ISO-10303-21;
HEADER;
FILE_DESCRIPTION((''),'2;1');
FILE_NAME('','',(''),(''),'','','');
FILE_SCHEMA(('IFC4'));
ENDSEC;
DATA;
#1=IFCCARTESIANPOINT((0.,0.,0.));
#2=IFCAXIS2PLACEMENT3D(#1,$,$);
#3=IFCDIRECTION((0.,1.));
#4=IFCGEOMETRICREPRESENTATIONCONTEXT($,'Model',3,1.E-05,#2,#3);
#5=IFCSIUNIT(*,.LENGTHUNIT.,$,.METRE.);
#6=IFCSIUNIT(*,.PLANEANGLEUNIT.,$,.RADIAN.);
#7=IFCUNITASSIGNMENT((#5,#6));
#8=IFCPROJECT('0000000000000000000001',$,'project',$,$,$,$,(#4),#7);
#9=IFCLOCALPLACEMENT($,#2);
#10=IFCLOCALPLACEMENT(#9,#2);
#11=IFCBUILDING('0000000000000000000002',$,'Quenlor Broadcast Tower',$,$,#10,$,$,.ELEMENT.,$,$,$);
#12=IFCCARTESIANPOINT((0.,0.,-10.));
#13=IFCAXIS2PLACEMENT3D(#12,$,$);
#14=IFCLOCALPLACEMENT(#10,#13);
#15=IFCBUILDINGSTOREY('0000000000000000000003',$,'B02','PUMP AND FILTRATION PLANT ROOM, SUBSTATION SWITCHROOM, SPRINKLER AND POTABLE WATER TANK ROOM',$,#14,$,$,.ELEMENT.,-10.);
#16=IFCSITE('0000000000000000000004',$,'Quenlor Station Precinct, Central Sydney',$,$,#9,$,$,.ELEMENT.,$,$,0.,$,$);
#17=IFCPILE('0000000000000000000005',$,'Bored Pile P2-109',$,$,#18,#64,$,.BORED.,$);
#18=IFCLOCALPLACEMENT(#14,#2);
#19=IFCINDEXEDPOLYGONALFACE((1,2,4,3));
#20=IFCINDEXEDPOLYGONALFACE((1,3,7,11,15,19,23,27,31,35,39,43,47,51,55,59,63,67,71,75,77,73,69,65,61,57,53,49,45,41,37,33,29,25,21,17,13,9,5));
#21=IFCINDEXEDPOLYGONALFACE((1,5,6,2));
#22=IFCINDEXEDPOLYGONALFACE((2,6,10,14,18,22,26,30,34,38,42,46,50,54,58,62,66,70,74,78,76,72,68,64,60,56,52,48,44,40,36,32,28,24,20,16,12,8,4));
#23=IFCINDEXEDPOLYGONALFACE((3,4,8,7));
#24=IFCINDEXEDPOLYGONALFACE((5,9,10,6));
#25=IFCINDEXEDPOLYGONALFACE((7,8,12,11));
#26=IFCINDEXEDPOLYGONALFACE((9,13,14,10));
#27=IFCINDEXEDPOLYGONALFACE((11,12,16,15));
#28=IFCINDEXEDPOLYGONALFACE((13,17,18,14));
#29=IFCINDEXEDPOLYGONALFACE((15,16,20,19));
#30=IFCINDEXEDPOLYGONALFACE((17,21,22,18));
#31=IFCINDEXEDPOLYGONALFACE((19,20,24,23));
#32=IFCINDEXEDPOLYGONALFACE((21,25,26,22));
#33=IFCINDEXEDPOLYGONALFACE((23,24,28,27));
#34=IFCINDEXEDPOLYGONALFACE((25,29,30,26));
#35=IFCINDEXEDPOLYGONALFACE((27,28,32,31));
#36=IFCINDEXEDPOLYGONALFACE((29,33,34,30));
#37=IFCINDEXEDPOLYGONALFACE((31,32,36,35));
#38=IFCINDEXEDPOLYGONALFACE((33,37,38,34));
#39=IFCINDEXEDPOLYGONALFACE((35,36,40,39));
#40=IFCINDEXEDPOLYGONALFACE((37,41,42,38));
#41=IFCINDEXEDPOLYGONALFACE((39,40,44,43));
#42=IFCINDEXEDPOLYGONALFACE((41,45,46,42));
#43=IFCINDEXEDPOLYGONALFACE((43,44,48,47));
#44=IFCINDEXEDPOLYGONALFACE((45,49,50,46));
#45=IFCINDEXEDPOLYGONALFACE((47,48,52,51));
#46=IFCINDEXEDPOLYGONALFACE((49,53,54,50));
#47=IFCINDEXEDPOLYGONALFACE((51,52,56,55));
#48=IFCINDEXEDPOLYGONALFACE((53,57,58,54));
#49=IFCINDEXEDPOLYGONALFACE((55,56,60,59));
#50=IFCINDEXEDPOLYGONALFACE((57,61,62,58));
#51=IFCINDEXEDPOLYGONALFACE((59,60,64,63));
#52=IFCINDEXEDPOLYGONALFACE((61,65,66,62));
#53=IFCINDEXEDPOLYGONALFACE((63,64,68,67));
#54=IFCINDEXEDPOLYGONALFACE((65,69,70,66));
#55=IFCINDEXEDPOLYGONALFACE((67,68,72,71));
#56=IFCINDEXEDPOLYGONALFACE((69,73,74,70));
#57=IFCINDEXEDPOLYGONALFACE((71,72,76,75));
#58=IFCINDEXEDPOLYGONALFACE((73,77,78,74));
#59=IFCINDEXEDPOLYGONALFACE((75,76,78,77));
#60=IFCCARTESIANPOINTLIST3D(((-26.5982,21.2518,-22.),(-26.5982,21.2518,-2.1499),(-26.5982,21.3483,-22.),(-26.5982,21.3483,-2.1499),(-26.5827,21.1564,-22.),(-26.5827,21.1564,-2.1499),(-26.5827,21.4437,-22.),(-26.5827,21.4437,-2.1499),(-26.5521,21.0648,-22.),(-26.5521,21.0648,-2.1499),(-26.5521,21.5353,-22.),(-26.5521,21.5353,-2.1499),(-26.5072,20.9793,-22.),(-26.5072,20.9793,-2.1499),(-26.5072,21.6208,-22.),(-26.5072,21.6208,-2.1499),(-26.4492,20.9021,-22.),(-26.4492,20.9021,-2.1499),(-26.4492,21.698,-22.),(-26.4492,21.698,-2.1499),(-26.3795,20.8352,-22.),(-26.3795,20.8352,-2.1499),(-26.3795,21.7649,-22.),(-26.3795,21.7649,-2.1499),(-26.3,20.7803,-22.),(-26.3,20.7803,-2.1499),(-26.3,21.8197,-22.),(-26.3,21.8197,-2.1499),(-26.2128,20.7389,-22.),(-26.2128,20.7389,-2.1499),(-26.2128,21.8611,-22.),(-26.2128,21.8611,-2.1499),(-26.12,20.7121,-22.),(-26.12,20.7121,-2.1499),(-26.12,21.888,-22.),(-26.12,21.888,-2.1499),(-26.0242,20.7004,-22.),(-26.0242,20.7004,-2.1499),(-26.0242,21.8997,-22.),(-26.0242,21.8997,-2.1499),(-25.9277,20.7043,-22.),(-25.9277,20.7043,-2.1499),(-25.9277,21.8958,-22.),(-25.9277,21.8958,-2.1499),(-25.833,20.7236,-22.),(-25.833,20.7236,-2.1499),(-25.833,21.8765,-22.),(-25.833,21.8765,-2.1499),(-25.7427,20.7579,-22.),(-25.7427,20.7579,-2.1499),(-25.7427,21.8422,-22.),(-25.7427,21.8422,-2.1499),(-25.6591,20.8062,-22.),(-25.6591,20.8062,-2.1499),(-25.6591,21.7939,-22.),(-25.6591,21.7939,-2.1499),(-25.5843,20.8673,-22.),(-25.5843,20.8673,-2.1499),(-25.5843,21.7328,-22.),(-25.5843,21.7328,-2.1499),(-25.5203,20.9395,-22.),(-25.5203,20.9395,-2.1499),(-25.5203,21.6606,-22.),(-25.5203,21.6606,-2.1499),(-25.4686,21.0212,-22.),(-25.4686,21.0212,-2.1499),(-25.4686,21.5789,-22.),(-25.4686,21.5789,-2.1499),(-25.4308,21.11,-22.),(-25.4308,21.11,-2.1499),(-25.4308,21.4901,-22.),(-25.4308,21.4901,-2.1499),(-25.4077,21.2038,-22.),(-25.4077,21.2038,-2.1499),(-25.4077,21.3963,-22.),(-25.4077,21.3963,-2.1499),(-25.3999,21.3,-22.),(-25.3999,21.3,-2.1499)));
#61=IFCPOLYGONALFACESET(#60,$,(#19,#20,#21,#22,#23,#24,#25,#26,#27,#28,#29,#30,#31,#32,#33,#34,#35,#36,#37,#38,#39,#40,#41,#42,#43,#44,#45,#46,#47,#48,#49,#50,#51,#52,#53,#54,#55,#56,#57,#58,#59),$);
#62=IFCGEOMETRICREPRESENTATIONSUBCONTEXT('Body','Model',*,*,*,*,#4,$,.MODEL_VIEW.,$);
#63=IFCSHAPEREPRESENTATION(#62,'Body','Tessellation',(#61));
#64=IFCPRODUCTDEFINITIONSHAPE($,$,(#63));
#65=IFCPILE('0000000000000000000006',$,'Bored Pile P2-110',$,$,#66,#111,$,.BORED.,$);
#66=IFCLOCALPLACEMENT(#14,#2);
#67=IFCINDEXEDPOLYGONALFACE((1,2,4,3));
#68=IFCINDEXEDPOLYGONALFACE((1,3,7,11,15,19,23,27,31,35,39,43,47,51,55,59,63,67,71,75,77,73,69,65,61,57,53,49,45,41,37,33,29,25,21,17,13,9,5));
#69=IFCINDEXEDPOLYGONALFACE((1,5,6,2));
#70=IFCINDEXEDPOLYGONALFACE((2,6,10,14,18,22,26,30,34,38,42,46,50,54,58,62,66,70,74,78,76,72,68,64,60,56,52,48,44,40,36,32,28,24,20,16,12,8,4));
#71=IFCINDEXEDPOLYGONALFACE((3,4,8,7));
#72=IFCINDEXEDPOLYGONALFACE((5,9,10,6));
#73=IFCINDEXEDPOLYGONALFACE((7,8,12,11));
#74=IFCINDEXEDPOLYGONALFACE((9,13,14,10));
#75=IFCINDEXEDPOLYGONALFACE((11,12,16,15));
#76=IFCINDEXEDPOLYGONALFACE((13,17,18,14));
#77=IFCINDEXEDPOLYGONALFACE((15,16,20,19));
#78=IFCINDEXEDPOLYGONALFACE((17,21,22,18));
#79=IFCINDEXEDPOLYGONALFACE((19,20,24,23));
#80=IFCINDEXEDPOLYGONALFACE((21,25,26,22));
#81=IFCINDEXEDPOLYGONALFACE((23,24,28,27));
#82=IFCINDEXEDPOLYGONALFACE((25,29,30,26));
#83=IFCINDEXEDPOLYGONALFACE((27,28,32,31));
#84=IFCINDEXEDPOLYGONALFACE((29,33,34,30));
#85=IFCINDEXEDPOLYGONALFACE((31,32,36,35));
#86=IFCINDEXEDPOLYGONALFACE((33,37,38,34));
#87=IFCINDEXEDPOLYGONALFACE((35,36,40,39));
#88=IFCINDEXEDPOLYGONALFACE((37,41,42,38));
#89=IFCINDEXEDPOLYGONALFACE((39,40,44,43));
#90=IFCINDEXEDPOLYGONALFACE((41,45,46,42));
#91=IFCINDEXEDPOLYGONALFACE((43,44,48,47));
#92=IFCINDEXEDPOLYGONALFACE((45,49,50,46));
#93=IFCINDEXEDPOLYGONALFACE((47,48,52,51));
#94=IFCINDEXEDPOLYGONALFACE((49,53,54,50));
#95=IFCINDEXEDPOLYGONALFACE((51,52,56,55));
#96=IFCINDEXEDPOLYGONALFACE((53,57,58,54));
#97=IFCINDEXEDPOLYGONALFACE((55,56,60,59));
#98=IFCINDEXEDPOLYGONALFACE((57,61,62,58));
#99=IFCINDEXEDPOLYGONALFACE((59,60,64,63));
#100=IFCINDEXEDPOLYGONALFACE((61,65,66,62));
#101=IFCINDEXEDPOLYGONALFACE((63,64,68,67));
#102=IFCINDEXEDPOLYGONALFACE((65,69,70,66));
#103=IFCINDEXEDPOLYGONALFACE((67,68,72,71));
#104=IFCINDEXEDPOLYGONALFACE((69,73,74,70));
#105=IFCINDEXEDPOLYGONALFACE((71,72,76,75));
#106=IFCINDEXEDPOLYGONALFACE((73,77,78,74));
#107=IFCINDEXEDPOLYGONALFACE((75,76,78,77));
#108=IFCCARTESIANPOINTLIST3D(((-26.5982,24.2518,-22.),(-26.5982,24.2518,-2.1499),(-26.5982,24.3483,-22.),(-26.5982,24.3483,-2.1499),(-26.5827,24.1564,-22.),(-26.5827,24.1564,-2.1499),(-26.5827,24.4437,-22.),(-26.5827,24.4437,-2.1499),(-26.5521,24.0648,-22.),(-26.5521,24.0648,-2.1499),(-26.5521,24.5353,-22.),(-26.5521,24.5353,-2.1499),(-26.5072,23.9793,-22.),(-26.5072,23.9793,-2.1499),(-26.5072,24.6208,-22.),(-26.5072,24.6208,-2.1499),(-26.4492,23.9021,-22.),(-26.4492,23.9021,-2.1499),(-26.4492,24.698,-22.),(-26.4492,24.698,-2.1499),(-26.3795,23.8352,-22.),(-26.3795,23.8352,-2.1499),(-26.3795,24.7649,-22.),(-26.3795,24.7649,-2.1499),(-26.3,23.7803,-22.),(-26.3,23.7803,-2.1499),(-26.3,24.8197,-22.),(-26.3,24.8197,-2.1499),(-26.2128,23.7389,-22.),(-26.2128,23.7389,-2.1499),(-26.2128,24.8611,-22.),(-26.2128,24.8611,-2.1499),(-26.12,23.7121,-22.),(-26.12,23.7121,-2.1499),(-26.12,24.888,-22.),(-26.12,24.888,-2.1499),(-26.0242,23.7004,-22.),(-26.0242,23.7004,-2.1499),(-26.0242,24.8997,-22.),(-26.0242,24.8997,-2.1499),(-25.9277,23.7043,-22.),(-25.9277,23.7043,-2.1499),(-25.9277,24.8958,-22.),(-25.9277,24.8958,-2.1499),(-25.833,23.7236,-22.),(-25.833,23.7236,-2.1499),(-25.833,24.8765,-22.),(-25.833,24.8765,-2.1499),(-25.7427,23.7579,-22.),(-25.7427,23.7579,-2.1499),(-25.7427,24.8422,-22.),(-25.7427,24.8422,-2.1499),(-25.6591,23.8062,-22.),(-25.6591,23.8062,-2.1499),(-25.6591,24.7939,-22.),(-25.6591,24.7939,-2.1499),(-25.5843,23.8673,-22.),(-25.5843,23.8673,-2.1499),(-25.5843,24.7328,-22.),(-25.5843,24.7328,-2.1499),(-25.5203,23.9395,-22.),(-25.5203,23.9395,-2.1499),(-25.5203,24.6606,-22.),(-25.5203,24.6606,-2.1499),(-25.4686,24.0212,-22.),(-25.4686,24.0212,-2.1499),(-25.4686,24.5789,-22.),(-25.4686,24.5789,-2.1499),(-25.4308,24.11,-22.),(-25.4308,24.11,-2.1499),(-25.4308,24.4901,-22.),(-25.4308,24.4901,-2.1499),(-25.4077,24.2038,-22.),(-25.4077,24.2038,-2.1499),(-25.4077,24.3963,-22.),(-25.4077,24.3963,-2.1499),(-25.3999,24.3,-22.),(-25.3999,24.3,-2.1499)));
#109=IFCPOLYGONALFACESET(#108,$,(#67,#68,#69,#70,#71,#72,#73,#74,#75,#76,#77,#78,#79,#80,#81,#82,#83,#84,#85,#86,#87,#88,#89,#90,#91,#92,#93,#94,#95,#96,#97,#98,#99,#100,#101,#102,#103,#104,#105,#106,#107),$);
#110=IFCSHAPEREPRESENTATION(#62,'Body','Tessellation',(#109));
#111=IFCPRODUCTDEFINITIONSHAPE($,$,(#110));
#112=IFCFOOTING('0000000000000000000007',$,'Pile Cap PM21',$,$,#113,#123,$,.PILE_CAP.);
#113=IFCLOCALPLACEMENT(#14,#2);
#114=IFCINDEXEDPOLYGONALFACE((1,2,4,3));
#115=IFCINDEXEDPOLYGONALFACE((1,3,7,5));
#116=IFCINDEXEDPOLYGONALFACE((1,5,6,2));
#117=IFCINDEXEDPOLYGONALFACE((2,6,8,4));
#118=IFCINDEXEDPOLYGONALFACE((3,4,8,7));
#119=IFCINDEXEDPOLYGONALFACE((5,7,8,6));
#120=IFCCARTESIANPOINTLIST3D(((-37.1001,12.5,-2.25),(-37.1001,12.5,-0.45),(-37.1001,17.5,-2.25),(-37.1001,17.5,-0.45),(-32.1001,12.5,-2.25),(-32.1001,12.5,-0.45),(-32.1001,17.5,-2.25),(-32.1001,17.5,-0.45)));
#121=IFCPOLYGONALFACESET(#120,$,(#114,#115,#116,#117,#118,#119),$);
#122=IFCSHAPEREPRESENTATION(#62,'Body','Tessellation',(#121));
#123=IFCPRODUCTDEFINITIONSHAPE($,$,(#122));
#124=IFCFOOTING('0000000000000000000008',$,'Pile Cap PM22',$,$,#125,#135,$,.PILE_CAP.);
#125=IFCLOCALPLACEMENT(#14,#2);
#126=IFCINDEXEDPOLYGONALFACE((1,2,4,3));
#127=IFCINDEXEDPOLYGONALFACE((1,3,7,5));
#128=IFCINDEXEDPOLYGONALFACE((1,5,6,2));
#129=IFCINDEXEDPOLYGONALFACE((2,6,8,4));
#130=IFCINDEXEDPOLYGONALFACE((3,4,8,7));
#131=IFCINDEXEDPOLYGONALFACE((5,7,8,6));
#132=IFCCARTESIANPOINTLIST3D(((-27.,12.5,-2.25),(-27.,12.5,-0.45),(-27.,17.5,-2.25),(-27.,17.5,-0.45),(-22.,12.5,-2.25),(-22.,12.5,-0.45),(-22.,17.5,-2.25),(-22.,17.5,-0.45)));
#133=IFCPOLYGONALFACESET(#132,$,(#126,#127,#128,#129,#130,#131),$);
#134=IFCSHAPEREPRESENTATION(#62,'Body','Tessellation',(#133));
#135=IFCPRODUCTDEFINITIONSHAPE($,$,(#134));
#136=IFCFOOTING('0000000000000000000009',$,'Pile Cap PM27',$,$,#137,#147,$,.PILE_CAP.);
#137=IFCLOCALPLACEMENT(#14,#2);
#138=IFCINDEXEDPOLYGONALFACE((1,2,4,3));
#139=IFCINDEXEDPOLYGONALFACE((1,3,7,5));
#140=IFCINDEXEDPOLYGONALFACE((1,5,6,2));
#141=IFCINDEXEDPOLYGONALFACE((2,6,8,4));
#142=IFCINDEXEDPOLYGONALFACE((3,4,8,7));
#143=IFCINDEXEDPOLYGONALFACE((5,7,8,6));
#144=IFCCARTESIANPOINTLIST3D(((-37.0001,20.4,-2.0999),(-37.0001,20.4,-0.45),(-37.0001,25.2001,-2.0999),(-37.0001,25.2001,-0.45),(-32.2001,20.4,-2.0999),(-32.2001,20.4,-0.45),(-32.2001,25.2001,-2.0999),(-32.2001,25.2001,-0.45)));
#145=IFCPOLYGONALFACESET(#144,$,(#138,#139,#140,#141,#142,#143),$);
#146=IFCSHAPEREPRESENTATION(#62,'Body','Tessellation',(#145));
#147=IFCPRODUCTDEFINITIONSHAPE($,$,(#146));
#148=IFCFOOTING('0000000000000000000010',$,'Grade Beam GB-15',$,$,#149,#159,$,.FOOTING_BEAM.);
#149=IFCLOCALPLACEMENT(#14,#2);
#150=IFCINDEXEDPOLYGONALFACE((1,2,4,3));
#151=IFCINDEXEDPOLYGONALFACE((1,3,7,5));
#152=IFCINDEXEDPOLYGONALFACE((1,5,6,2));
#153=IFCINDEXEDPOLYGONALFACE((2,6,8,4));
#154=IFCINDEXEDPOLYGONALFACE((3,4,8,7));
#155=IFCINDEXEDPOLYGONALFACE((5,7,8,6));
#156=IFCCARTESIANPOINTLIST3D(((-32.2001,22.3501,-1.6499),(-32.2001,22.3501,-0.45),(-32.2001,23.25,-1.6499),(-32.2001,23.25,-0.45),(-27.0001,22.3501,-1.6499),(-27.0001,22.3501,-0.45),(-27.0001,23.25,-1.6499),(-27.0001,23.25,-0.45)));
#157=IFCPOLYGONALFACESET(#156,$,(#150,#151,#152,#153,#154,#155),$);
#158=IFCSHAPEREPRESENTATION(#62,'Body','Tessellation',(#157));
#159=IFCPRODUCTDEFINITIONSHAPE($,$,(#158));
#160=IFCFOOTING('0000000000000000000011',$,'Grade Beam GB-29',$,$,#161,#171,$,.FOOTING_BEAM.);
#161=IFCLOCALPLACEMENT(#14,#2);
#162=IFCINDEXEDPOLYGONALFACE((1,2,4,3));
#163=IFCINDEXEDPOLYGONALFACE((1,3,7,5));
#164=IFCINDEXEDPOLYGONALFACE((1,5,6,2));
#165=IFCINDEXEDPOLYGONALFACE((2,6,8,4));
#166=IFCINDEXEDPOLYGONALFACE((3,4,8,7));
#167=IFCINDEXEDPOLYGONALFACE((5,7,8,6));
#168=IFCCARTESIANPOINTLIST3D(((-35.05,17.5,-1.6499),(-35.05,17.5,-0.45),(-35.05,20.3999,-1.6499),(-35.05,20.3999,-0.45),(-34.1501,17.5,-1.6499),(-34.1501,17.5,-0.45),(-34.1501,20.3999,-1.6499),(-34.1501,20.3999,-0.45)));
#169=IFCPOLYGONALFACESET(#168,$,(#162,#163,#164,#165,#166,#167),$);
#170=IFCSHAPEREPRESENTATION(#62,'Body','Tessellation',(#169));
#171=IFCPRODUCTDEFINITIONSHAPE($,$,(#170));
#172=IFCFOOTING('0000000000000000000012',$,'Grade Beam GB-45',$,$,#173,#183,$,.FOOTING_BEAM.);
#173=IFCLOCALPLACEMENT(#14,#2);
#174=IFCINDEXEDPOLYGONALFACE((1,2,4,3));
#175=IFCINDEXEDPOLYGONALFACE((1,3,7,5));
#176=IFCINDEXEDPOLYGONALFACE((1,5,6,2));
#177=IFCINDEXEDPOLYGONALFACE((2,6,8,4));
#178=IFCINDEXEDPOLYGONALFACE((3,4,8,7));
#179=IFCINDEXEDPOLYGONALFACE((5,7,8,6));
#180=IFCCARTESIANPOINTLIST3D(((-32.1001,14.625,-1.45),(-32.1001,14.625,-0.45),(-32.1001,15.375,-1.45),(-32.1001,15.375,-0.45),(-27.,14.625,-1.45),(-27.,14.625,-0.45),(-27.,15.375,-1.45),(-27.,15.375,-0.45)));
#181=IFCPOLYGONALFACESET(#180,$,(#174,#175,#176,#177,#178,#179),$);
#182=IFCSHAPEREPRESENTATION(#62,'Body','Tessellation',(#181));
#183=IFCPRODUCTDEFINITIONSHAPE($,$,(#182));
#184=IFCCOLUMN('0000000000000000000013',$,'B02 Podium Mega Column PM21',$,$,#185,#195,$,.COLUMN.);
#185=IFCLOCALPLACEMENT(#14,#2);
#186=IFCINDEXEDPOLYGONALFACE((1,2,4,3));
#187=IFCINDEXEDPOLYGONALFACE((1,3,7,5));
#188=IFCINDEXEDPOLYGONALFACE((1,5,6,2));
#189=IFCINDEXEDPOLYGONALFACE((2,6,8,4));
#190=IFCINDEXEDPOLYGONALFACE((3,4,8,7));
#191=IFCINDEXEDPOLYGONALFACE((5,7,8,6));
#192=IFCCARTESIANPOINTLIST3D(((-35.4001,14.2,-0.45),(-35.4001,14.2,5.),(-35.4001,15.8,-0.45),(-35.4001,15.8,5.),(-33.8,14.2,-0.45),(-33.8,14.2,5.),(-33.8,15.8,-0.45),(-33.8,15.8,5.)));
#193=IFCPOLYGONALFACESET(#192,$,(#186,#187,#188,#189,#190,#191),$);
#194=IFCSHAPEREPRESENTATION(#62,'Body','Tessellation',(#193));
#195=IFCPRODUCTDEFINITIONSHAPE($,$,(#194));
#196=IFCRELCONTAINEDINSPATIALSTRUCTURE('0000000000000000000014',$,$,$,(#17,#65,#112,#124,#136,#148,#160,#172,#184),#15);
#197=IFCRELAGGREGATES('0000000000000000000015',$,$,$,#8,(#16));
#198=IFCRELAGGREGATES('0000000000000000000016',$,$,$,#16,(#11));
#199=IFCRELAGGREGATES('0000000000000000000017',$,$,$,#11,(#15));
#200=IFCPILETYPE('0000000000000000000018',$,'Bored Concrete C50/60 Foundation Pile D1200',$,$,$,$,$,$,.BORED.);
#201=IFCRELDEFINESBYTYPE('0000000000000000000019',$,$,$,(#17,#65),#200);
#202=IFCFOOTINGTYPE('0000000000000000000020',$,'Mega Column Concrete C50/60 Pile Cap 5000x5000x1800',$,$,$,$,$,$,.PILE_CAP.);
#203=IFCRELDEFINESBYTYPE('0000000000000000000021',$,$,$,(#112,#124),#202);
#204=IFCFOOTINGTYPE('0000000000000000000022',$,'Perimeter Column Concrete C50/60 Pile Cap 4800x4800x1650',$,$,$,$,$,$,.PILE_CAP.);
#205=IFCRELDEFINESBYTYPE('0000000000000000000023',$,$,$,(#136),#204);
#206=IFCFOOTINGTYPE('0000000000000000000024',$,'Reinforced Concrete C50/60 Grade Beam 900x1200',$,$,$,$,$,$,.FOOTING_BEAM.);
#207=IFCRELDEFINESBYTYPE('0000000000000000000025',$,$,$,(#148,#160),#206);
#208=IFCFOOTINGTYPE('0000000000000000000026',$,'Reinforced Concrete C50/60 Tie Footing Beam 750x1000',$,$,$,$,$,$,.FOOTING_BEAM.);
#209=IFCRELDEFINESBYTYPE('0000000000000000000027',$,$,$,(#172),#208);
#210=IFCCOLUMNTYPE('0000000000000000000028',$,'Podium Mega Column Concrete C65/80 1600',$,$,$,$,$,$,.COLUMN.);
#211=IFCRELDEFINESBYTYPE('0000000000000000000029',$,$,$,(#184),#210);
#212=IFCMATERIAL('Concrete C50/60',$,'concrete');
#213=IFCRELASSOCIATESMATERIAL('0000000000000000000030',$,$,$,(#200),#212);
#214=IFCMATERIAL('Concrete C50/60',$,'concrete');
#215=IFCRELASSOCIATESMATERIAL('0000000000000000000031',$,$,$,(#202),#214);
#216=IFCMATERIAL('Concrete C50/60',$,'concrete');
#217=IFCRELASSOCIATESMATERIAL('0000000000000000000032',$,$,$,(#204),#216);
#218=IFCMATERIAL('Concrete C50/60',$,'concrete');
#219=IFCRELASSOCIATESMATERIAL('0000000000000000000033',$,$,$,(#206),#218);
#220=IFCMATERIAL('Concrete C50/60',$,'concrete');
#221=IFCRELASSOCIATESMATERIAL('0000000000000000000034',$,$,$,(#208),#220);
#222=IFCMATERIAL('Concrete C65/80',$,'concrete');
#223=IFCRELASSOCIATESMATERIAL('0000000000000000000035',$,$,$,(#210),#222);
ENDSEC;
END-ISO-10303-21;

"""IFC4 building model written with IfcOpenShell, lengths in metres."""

from ifc_helpers import new_model, si_unit, direction, frame, origin, origin_2d, place, context, subcontext, project, spatial, rectangle, circle, extrude, material, material_profile, profile_set, type_object, element, save


model = new_model("IFC4")

# Units and contexts
model_context = context("Model", 3, precision=1e-05, world=origin(), true_north=direction((0.0, 1.0)))
body_context = subcontext(model_context, "Body", "Model", "MODEL_VIEW")
ifc_project = project(units=[si_unit("LENGTHUNIT", "METRE"), si_unit("PLANEANGLEUNIT", "RADIAN")], contexts=[model_context])

# Site, building, storey
site_placement = place(None, origin())
site = spatial("IfcSite", under=ifc_project, at=site_placement, Name="Quenlor Station Precinct, Central Sydney", CompositionType="ELEMENT", RefElevation=0.0)
building_placement = place(site_placement, origin())
building = spatial("IfcBuilding", under=site, at=building_placement, Name="Quenlor Broadcast Tower", CompositionType="ELEMENT")
storey_placement = place(building_placement, frame((0.0, 0.0, -10.0)))
storey = spatial("IfcBuildingStorey", under=building, at=storey_placement, Name="B02", Description="PUMP AND FILTRATION PLANT ROOM, SUBSTATION SWITCHROOM, SPRINKLER AND POTABLE WATER TANK ROOM", CompositionType="ELEMENT", Elevation=-10.0)

# Piles
ifc_material_1 = material(Name="Concrete C50/60", Category="concrete")
ifc_material_profile_1 = material_profile(ifc_material_1, circle(Radius=0.6001, at=origin_2d()))
ifc_profile_set_1 = profile_set([ifc_material_profile_1], Name="Concrete C50/60 PILE1200")
pile_type = type_object("IfcPileType", Name="Bored Concrete C50/60 Foundation Pile D1200", PredefinedType="BORED", material=ifc_profile_set_1)
for number, where, z_axis, x_axis, name in (
    (1, (-26.0, 21.3, -2.1499), (0.0, 0.0, -1.0), (1.0, 0.0, 0.0), "Bored Pile P2-109"),
    (2, (-26.0, 24.3, -2.1499), (0.0, 0.0, -1.0), (1.0, 0.0, 0.0), "Bored Pile P2-110"),
):
    element("IfcPile", number, at=place(storey_placement, frame(where, z_axis=z_axis, x_axis=x_axis)), inside=storey, type_object=pile_type, Name=name, PredefinedType="BORED", context=body_context, shape_type="SweptSolid", body=[
        extrude(circle(Radius=0.6001, at=origin_2d()), origin(), (0.0, 0.0, 1.0), 19.8501),
    ])

# Footings
ifc_material_2 = material(Name="Concrete C50/60", Category="concrete")
footing_type_1 = type_object("IfcFootingType", Name="Mega Column Concrete C50/60 Pile Cap 5000x5000x1800", PredefinedType="PILE_CAP", material=ifc_material_2)
for number, where, z_axis, x_axis, name in (
    (3, (-34.6001, 15.0, -2.25), (0.0, 0.0, 1.0), (1.0, 0.0, 0.0), "Pile Cap PM21"),
    (4, (-24.5, 15.0, -2.25), (0.0, 0.0, 1.0), (1.0, 0.0, 0.0), "Pile Cap PM22"),
):
    element("IfcFooting", number, at=place(storey_placement, frame(where, z_axis=z_axis, x_axis=x_axis)), inside=storey, type_object=footing_type_1, Name=name, PredefinedType="PILE_CAP", context=body_context, shape_type="SweptSolid", body=[
        extrude(rectangle(XDim=5.0, YDim=5.0, at=origin_2d()), origin(), (0.0, 0.0, 1.0), 1.8),
    ])
ifc_material_3 = material(Name="Concrete C50/60", Category="concrete")
footing_type_2 = type_object("IfcFootingType", Name="Perimeter Column Concrete C50/60 Pile Cap 4800x4800x1650", PredefinedType="PILE_CAP", material=ifc_material_3)
footing_1_placement = place(storey_placement, frame((-34.6001, 22.8, -2.0999), z_axis=(0.0, 0.0, 1.0), x_axis=(1.0, 0.0, 0.0)))
element("IfcFooting", 5, at=footing_1_placement, inside=storey, type_object=footing_type_2, Name="Pile Cap PM27", PredefinedType="PILE_CAP", context=body_context, shape_type="SweptSolid", body=[
    extrude(rectangle(XDim=4.8, YDim=4.8, at=origin_2d()), origin(), (0.0, 0.0, 1.0), 1.6499),
])
ifc_material_4 = material(Name="Concrete C50/60", Category="concrete")
footing_type_3 = type_object("IfcFootingType", Name="Reinforced Concrete C50/60 Grade Beam 900x1200", PredefinedType="FOOTING_BEAM", material=ifc_material_4)
footing_2_placement = place(storey_placement, frame((-29.6001, 22.8, -1.6499), z_axis=(0.0, 0.0, 1.0), x_axis=(1.0, 0.0, 0.0)))
element("IfcFooting", 6, at=footing_2_placement, inside=storey, type_object=footing_type_3, Name="Grade Beam GB-15", PredefinedType="FOOTING_BEAM", context=body_context, shape_type="SweptSolid", body=[
    extrude(rectangle(XDim=5.2, YDim=0.8999, at=origin_2d()), origin(), (0.0, 0.0, 1.0), 1.2),
])
footing_3_placement = place(storey_placement, frame((-34.6001, 18.95, -1.6499), z_axis=(0.0, 0.0, 1.0), x_axis=(0.0, 1.0, 0.0)))
element("IfcFooting", 7, at=footing_3_placement, inside=storey, type_object=footing_type_3, Name="Grade Beam GB-29", PredefinedType="FOOTING_BEAM", context=body_context, shape_type="SweptSolid", body=[
    extrude(rectangle(XDim=2.8999, YDim=0.8999, at=origin_2d()), origin(), (0.0, 0.0, 1.0), 1.2),
])
ifc_material_5 = material(Name="Concrete C50/60", Category="concrete")
footing_type_4 = type_object("IfcFootingType", Name="Reinforced Concrete C50/60 Tie Footing Beam 750x1000", PredefinedType="FOOTING_BEAM", material=ifc_material_5)
footing_4_placement = place(storey_placement, frame((-29.55, 15.0, -1.45), z_axis=(0.0, 0.0, 1.0), x_axis=(1.0, 0.0, 0.0)))
element("IfcFooting", 8, at=footing_4_placement, inside=storey, type_object=footing_type_4, Name="Grade Beam GB-45", PredefinedType="FOOTING_BEAM", context=body_context, shape_type="SweptSolid", body=[
    extrude(rectangle(XDim=5.1001, YDim=0.75, at=origin_2d()), origin(), (0.0, 0.0, 1.0), 1.0),
])

# Column
ifc_material_6 = material(Name="Concrete C65/80", Category="concrete")
ifc_material_profile_2 = material_profile(ifc_material_6, rectangle(XDim=1.6001, YDim=1.6001, at=origin_2d()))
ifc_profile_set_2 = profile_set([ifc_material_profile_2], Name="Concrete C65/80 RC1600x1600")
column_type = type_object("IfcColumnType", Name="Podium Mega Column Concrete C65/80 1600", PredefinedType="COLUMN", material=ifc_profile_set_2)
for number, where, z_axis, x_axis, name in (
    (9, (-34.6001, 15.0, -0.45), (0.0, 0.0, 1.0), (1.0, 0.0, 0.0), "B02 Podium Mega Column PM21"),
):
    element("IfcColumn", number, at=place(storey_placement, frame(where, z_axis=z_axis, x_axis=x_axis)), inside=storey, type_object=column_type, Name=name, PredefinedType="COLUMN", context=body_context, shape_type="SweptSolid", body=[
        extrude(rectangle(XDim=1.6001, YDim=1.6001, at=origin_2d()), origin(), (0.0, 0.0, 1.0), 5.45),
    ])

save(model, "model.ifc")
